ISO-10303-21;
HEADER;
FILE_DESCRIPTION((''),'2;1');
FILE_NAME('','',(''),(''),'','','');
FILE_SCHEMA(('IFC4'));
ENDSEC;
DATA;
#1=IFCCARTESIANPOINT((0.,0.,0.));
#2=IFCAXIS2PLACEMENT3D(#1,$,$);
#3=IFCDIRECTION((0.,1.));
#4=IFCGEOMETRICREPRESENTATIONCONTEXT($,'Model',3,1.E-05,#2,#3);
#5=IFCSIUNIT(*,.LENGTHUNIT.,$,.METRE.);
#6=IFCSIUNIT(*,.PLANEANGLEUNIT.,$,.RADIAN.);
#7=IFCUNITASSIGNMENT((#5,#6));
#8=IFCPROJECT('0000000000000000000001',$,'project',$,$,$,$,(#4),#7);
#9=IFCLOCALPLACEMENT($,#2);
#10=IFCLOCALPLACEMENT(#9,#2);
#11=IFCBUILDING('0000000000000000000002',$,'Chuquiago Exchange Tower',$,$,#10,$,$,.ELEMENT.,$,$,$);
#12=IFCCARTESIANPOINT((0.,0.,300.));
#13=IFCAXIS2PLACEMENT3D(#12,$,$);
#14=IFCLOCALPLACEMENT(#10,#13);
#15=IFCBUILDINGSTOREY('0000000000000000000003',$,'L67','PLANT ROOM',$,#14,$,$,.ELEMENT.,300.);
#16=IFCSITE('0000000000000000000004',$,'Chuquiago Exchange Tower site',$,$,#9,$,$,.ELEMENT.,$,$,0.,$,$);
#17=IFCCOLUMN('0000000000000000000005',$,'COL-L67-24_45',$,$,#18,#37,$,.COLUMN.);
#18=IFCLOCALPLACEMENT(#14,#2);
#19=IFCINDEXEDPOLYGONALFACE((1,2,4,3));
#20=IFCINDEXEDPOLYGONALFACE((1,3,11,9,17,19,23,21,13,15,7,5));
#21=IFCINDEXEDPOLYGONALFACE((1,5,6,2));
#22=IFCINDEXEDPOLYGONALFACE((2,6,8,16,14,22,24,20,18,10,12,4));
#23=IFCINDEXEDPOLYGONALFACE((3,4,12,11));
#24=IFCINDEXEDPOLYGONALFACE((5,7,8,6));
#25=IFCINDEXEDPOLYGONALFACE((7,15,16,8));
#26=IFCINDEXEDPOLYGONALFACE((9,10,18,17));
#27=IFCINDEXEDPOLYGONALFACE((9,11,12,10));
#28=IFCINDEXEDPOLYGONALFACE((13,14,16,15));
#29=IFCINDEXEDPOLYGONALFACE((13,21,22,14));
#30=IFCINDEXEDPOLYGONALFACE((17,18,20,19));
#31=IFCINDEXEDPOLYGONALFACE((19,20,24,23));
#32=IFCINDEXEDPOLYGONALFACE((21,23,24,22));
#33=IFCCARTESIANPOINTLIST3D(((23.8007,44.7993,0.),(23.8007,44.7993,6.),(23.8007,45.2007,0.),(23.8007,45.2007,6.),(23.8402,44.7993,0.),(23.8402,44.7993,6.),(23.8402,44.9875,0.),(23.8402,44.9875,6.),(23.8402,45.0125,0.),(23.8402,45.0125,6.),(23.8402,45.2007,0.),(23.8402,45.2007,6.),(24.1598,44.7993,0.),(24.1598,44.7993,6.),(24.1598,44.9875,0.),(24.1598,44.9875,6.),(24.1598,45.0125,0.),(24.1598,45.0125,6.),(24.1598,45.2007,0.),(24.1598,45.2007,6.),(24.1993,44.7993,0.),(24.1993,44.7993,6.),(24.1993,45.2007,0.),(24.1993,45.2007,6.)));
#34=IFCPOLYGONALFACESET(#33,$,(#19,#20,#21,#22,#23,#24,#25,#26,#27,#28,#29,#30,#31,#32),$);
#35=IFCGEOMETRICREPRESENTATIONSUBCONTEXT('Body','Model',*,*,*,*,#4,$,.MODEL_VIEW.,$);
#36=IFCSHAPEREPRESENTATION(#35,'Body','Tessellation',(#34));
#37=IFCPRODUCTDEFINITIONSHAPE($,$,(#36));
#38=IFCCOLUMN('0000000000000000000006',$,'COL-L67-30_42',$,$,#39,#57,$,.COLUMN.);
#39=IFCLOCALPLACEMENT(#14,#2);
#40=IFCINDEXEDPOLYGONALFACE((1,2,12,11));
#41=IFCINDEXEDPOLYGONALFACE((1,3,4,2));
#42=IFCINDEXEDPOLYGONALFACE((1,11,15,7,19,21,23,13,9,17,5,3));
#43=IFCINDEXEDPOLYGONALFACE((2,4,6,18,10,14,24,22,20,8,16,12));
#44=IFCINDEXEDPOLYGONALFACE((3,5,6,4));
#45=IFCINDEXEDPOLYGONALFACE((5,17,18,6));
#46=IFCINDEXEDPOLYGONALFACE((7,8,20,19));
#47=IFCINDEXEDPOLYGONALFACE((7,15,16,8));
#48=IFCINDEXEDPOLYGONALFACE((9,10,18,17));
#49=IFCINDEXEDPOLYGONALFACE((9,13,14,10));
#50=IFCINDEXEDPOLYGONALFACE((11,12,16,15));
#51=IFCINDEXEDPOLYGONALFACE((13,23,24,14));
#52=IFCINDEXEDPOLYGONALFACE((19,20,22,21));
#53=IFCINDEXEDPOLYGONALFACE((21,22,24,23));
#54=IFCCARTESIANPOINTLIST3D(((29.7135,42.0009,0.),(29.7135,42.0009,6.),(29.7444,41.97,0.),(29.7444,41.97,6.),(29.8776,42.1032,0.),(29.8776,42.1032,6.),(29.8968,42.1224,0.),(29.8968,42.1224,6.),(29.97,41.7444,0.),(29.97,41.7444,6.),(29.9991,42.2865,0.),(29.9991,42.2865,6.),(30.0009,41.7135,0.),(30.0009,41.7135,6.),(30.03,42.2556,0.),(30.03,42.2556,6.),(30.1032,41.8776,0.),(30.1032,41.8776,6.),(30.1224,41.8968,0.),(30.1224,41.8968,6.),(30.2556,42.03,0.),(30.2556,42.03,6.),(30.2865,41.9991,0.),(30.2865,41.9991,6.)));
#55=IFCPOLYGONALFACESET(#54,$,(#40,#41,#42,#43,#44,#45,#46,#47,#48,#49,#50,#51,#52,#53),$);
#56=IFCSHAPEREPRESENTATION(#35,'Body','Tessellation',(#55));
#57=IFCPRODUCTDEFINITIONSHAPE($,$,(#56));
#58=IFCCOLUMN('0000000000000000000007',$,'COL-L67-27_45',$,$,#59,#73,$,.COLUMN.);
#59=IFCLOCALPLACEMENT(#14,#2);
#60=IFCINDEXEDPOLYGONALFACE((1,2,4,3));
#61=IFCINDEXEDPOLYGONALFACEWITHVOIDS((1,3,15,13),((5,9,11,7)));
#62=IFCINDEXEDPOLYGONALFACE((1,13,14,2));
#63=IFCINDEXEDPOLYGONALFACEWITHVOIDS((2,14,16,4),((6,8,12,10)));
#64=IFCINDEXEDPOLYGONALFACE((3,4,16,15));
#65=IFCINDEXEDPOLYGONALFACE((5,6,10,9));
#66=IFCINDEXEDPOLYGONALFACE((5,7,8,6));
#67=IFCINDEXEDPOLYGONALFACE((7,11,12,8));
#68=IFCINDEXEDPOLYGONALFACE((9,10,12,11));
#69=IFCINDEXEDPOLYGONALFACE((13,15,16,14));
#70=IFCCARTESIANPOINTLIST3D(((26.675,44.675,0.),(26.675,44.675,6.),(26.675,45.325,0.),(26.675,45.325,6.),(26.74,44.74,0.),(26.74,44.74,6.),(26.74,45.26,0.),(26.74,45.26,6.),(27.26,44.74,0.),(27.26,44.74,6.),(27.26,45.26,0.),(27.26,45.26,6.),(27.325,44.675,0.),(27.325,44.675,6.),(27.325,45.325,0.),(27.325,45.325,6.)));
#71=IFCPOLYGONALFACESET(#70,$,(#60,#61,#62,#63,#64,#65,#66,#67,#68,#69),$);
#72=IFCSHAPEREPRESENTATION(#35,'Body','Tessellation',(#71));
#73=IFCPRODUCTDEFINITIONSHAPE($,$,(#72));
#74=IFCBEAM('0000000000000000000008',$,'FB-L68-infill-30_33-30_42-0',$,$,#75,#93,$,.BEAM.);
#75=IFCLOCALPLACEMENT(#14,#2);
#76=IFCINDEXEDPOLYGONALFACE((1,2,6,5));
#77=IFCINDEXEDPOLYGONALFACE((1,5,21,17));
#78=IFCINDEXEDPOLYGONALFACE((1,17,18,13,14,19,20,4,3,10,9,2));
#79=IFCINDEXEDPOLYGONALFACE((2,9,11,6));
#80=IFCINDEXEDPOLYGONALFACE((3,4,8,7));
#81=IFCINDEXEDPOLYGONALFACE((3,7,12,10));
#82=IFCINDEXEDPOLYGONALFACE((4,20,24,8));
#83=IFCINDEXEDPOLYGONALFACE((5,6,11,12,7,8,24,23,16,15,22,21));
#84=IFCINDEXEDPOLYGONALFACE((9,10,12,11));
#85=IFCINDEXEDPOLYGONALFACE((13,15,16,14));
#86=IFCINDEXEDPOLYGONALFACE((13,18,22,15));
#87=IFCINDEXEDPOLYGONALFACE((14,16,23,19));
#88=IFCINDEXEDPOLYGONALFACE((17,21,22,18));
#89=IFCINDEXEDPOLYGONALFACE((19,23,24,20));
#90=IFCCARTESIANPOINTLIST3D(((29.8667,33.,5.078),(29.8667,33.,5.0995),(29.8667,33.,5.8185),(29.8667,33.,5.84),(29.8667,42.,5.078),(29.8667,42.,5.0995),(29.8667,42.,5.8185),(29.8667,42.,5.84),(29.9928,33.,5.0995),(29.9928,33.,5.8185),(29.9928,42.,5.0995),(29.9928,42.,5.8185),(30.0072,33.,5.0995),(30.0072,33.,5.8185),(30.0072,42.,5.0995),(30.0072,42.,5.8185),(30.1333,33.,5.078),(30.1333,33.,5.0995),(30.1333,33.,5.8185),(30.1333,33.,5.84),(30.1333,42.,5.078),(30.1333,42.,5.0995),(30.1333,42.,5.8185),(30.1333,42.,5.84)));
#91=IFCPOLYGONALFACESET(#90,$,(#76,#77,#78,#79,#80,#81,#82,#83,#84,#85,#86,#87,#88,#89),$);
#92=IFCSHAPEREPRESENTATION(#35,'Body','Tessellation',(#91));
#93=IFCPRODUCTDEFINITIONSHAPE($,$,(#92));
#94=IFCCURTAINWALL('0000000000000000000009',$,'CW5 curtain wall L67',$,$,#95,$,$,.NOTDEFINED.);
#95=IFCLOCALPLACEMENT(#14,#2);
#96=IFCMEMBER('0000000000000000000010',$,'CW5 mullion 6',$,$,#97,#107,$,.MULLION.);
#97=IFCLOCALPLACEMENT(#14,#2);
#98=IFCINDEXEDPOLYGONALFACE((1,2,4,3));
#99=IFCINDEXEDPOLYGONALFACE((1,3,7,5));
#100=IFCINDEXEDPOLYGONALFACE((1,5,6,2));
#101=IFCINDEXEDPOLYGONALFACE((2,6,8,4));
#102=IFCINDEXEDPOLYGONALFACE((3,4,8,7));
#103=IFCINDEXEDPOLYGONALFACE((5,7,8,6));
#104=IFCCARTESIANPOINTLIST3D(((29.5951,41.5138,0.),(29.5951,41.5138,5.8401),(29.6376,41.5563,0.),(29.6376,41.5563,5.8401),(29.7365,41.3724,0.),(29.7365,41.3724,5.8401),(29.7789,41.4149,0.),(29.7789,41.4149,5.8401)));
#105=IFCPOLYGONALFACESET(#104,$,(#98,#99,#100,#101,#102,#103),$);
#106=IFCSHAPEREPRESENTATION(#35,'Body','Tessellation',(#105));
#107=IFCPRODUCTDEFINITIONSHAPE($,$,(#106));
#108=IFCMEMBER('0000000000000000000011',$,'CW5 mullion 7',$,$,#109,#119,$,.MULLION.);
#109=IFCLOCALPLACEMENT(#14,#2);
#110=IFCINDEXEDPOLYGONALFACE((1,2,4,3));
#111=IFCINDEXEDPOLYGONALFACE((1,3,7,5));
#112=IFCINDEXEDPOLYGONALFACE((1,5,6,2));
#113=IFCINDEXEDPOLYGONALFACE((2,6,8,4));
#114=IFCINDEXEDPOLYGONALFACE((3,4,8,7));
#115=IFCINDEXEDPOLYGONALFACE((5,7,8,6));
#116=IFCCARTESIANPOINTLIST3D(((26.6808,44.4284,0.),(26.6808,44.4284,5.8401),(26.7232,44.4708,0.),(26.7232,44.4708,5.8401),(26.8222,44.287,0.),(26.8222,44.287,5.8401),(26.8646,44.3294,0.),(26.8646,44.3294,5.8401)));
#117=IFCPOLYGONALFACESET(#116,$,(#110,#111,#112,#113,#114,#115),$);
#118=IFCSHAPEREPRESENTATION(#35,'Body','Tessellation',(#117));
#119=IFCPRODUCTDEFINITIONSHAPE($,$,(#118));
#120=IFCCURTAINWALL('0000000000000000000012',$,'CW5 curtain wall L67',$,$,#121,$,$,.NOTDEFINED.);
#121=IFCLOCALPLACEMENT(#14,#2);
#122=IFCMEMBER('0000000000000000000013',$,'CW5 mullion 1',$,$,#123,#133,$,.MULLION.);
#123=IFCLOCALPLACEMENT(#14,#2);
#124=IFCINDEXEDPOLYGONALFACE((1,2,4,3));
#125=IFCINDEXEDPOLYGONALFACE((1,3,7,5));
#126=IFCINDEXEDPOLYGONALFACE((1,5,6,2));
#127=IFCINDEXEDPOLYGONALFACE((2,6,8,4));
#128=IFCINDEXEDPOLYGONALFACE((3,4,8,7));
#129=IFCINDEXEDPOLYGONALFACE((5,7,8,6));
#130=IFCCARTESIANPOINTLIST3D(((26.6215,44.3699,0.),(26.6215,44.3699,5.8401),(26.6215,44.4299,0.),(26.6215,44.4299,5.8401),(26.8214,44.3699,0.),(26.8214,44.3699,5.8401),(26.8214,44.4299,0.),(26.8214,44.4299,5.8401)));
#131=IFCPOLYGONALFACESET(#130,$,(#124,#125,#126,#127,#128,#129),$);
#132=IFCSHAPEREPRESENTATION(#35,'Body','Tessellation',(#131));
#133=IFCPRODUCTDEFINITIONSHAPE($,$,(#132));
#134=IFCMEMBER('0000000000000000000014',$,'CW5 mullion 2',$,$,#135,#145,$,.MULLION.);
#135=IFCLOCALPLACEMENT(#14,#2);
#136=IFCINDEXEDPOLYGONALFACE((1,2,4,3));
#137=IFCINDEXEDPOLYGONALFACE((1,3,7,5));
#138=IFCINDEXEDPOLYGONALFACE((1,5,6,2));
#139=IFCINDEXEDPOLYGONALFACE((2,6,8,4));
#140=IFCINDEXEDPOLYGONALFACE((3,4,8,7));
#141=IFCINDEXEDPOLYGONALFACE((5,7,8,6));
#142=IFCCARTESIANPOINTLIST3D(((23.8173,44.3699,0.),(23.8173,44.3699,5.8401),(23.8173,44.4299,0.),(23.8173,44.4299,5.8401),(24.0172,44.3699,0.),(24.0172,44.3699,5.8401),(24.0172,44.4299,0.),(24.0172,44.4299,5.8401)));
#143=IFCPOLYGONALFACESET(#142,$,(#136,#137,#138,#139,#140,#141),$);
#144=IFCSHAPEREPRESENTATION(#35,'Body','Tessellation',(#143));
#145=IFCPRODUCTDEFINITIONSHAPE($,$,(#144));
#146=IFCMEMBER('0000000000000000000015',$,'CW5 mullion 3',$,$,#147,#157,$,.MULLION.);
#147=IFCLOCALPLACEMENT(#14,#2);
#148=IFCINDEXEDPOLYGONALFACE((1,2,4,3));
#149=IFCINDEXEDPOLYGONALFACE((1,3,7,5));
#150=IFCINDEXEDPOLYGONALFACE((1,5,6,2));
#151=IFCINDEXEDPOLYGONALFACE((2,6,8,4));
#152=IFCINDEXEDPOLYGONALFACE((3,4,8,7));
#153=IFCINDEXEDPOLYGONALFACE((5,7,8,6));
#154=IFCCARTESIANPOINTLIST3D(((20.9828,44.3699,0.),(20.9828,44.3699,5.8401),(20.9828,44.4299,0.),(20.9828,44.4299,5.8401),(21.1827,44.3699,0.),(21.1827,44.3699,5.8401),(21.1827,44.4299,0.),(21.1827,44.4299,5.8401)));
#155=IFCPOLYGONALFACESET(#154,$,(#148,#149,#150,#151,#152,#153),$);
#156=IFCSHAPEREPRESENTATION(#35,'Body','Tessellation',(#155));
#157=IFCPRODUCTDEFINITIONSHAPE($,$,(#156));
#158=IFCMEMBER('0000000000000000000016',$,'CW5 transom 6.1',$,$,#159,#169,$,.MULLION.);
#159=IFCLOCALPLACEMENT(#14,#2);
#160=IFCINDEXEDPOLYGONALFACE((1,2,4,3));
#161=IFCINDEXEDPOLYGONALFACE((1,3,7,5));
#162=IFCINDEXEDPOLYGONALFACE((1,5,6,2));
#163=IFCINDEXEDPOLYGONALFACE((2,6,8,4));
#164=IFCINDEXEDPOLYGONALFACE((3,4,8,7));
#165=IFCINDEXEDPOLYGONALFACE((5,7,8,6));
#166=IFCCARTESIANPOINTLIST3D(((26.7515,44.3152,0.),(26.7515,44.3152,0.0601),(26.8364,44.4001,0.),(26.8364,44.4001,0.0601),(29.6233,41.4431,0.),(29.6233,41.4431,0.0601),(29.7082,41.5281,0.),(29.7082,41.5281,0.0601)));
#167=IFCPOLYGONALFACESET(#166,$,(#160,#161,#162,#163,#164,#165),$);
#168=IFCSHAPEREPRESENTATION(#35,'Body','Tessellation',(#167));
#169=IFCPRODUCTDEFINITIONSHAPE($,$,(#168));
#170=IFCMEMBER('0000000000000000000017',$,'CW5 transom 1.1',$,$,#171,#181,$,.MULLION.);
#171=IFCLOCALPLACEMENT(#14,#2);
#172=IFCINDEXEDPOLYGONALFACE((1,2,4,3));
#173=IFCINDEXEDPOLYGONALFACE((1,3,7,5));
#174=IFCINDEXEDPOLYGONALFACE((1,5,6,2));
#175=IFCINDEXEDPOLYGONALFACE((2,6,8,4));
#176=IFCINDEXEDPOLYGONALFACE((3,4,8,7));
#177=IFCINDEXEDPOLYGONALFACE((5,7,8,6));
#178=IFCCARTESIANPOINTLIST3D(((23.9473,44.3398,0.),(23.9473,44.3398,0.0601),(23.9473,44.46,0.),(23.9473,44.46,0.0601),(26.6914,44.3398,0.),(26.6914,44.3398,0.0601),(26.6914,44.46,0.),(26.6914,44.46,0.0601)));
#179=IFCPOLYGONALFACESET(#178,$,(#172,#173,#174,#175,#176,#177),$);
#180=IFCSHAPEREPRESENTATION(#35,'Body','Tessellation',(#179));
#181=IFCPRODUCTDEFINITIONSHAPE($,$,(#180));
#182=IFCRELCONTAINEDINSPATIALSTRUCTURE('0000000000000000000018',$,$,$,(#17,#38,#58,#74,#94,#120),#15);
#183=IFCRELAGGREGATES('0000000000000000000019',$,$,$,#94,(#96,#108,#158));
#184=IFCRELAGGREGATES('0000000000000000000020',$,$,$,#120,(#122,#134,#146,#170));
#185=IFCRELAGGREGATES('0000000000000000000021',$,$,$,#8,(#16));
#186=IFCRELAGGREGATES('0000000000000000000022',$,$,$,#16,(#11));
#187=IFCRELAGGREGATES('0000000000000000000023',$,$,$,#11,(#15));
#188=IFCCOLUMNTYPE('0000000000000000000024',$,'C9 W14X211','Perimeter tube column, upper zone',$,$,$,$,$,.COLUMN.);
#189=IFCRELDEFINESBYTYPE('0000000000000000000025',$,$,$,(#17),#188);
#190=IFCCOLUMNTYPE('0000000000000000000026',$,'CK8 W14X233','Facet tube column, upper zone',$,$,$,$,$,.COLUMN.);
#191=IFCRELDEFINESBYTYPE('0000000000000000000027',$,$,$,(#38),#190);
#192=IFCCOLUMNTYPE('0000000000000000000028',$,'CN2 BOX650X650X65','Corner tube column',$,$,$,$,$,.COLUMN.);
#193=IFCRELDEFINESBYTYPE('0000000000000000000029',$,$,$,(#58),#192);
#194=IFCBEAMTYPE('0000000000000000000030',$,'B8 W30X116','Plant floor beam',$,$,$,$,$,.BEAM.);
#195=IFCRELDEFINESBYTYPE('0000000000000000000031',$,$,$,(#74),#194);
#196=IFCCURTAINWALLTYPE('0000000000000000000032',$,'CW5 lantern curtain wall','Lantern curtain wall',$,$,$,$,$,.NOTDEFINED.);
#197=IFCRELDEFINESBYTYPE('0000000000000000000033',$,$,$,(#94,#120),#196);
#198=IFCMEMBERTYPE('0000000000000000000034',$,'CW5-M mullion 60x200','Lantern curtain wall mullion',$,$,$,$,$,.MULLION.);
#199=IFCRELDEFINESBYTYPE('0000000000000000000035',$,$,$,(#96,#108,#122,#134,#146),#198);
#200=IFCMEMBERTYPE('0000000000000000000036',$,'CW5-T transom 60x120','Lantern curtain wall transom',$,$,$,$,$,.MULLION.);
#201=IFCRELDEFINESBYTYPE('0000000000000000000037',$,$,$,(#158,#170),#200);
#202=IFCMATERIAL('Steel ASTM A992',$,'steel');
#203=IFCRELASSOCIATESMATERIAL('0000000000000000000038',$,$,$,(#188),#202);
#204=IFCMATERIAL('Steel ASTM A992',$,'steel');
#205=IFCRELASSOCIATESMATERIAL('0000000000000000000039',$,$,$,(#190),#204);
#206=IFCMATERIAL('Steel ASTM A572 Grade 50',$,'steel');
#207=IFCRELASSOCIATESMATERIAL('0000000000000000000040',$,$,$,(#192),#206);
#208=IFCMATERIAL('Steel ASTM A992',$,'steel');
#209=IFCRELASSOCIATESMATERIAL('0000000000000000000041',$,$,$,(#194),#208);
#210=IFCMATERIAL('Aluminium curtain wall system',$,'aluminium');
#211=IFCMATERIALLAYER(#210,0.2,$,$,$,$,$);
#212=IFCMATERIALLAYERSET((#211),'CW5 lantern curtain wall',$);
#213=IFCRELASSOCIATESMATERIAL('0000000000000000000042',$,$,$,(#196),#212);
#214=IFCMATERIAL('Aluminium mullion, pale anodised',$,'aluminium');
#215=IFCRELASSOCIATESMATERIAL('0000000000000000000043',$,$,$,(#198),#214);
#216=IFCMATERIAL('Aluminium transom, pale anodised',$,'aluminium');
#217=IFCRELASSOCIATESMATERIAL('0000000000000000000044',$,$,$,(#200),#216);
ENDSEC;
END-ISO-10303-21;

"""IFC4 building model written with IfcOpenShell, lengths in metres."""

from ifc_helpers import new_model, si_unit, direction, frame, origin, origin_2d, place, context, subcontext, project, spatial, rectangle, hollow_rectangle, i_section, extrude, material, layer, layer_set, material_profile, profile_set, type_object, element, aggregate, save


model = new_model("IFC4")

# Units and contexts
model_context = context("Model", 3, precision=1e-05, world=origin(), true_north=direction((0.0, 1.0)))
body_context = subcontext(model_context, "Body", "Model", "MODEL_VIEW")
ifc_project = project(units=[si_unit("LENGTHUNIT", "METRE"), si_unit("PLANEANGLEUNIT", "RADIAN")], contexts=[model_context])

# Site, building, storey
site_placement = place(None, origin())
site = spatial("IfcSite", under=ifc_project, at=site_placement, Name="Chuquiago Exchange Tower site", CompositionType="ELEMENT", RefElevation=0.0)
building_placement = place(site_placement, origin())
building = spatial("IfcBuilding", under=site, at=building_placement, Name="Chuquiago Exchange Tower", CompositionType="ELEMENT")
storey_placement = place(building_placement, frame((0.0, 0.0, 300.0)))
storey = spatial("IfcBuildingStorey", under=building, at=storey_placement, Name="L67", Description="PLANT ROOM", CompositionType="ELEMENT", Elevation=300.0)

# Columns
ifc_material_1 = material(Name="Steel ASTM A992", Category="steel")
ifc_material_profile_1 = material_profile(ifc_material_1, i_section(OverallWidth=0.4014, OverallDepth=0.3987, WebThickness=0.0249, FlangeThickness=0.0396, at=origin_2d()), Name="W14X211")
ifc_profile_set_1 = profile_set([ifc_material_profile_1], Name="Steel ASTM A992")
column_type_1 = type_object("IfcColumnType", Name="C9 W14X211", Description="Perimeter tube column, upper zone", PredefinedType="COLUMN", material=ifc_profile_set_1)
column_1_placement = place(storey_placement, frame((24.0, 45.0, 0.0), z_axis=(0.0, 0.0, 1.0), x_axis=(0.0, 1.0, 0.0)))
element("IfcColumn", 1, at=column_1_placement, inside=storey, type_object=column_type_1, Name="COL-L67-24_45", PredefinedType="COLUMN", context=body_context, shape_type="SweptSolid", body=[
    extrude(i_section(OverallWidth=0.4014, OverallDepth=0.3987, WebThickness=0.0249, FlangeThickness=0.0396, at=origin_2d()), origin(), (0.0, 0.0, 1.0), 6.0),
])
ifc_material_2 = material(Name="Steel ASTM A992", Category="steel")
ifc_material_profile_2 = material_profile(ifc_material_2, i_section(OverallWidth=0.4038, OverallDepth=0.4065, WebThickness=0.0271, FlangeThickness=0.0437, at=origin_2d()), Name="W14X233")
ifc_profile_set_2 = profile_set([ifc_material_profile_2], Name="Steel ASTM A992")
column_type_2 = type_object("IfcColumnType", Name="CK8 W14X233", Description="Facet tube column, upper zone", PredefinedType="COLUMN", material=ifc_profile_set_2)
column_2_placement = place(storey_placement, frame((30.0, 42.0, 0.0), z_axis=(0.0, 0.0, 1.0), x_axis=(0.707107, 0.707107, 0.0)))
element("IfcColumn", 2, at=column_2_placement, inside=storey, type_object=column_type_2, Name="COL-L67-30_42", PredefinedType="COLUMN", context=body_context, shape_type="SweptSolid", body=[
    extrude(i_section(OverallWidth=0.4038, OverallDepth=0.4065, WebThickness=0.0271, FlangeThickness=0.0437, at=origin_2d()), origin(), (0.0, 0.0, 1.0), 6.0),
])
ifc_material_3 = material(Name="Steel ASTM A572 Grade 50", Category="steel")
ifc_material_profile_3 = material_profile(ifc_material_3, hollow_rectangle(XDim=0.6499, YDim=0.6499, WallThickness=0.0649, at=origin_2d()), Name="BOX650X650X65")
ifc_profile_set_3 = profile_set([ifc_material_profile_3], Name="Steel ASTM A572 Grade 50")
column_type_3 = type_object("IfcColumnType", Name="CN2 BOX650X650X65", Description="Corner tube column", PredefinedType="COLUMN", material=ifc_profile_set_3)
column_3_placement = place(storey_placement, frame((27.0, 45.0, 0.0), z_axis=(0.0, 0.0, 1.0), x_axis=(0.0, 1.0, 0.0)))
element("IfcColumn", 3, at=column_3_placement, inside=storey, type_object=column_type_3, Name="COL-L67-27_45", PredefinedType="COLUMN", context=body_context, shape_type="SweptSolid", body=[
    extrude(hollow_rectangle(XDim=0.6499, YDim=0.6499, WallThickness=0.0649, at=origin_2d()), origin(), (0.0, 0.0, 1.0), 6.0),
])

# Beam
ifc_material_4 = material(Name="Steel ASTM A992", Category="steel")
ifc_material_profile_4 = material_profile(ifc_material_4, i_section(OverallWidth=0.2666, OverallDepth=0.762, WebThickness=0.0144, FlangeThickness=0.0215, at=origin_2d()), Name="W30X116")
ifc_profile_set_4 = profile_set([ifc_material_profile_4], Name="Steel ASTM A992")
beam_type_1 = type_object("IfcBeamType", Name="B8 W30X116", Description="Plant floor beam", PredefinedType="BEAM", material=ifc_profile_set_4)
beam_1_placement = place(storey_placement, frame((30.0, 33.0, 5.459), z_axis=(0.0, 1.0, 0.0), x_axis=(-1.0, 0.0, 0.0)))
element("IfcBeam", 4, at=beam_1_placement, inside=storey, type_object=beam_type_1, Name="FB-L68-infill-30_33-30_42-0", PredefinedType="BEAM", context=body_context, shape_type="SweptSolid", body=[
    extrude(i_section(OverallWidth=0.2666, OverallDepth=0.762, WebThickness=0.0144, FlangeThickness=0.0215, at=origin_2d()), origin(), (0.0, 0.0, 1.0), 9.0),
])

# Curtain walls, members
ifc_material_5 = material(Name="Aluminium curtain wall system", Category="aluminium")
ifc_layer_1 = layer(ifc_material_5, 0.2)
ifc_layer_set_1 = layer_set([ifc_layer_1], Name="CW5 lantern curtain wall")
curtain_wall_type = type_object("IfcCurtainWallType", Name="CW5 lantern curtain wall", Description="Lantern curtain wall", PredefinedType="NOTDEFINED", material=ifc_layer_set_1)
curtain_wall_1_placement = place(storey_placement, origin())
curtain_wall_1 = element("IfcCurtainWall", 5, at=curtain_wall_1_placement, inside=storey, type_object=curtain_wall_type, Name="CW5 curtain wall L67", PredefinedType="NOTDEFINED")
ifc_material_6 = material(Name="Aluminium mullion, pale anodised", Category="aluminium")
ifc_material_profile_5 = material_profile(ifc_material_6, rectangle(XDim=0.0601, YDim=0.2, at=origin_2d()), Name="AL 60x200")
ifc_profile_set_5 = profile_set([ifc_material_profile_5], Name="Aluminium mullion, pale anodised")
member_type_1 = type_object("IfcMemberType", Name="CW5-M mullion 60x200", Description="Lantern curtain wall mullion", PredefinedType="MULLION", material=ifc_profile_set_5)
member_1_placement = place(storey_placement, frame((29.687, 41.4644, 0.0), z_axis=(0.0, 0.0, 1.0), x_axis=(-0.707109, -0.707105, 0.0)))
member_1 = element("IfcMember", 6, at=member_1_placement, type_object=member_type_1, Name="CW5 mullion 6", PredefinedType="MULLION", context=body_context, shape_type="SweptSolid", body=[
    extrude(rectangle(XDim=0.0601, YDim=0.2, at=origin_2d()), origin(), (0.0, 0.0, 1.0), 5.8401),
])
member_2_placement = place(storey_placement, frame((26.7727, 44.3789, 0.0), z_axis=(0.0, 0.0, 1.0), x_axis=(-0.707109, -0.707105, 0.0)))
member_2 = element("IfcMember", 7, at=member_2_placement, type_object=member_type_1, Name="CW5 mullion 7", PredefinedType="MULLION", context=body_context, shape_type="SweptSolid", body=[
    extrude(rectangle(XDim=0.0601, YDim=0.2, at=origin_2d()), origin(), (0.0, 0.0, 1.0), 5.8401),
])
curtain_wall_2_placement = place(storey_placement, origin())
curtain_wall_2 = element("IfcCurtainWall", 8, at=curtain_wall_2_placement, inside=storey, type_object=curtain_wall_type, Name="CW5 curtain wall L67", PredefinedType="NOTDEFINED")
member_3_placement = place(storey_placement, frame((26.7214, 44.3999, 0.0), z_axis=(0.0, 0.0, 1.0), x_axis=(0.0, -1.0, 0.0)))
member_3 = element("IfcMember", 9, at=member_3_placement, type_object=member_type_1, Name="CW5 mullion 1", PredefinedType="MULLION", context=body_context, shape_type="SweptSolid", body=[
    extrude(rectangle(XDim=0.0601, YDim=0.2, at=origin_2d()), origin(), (0.0, 0.0, 1.0), 5.8401),
])
member_4_placement = place(storey_placement, frame((23.9172, 44.3999, 0.0), z_axis=(0.0, 0.0, 1.0), x_axis=(0.0, -1.0, 0.0)))
member_4 = element("IfcMember", 10, at=member_4_placement, type_object=member_type_1, Name="CW5 mullion 2", PredefinedType="MULLION", context=body_context, shape_type="SweptSolid", body=[
    extrude(rectangle(XDim=0.0601, YDim=0.2, at=origin_2d()), origin(), (0.0, 0.0, 1.0), 5.8401),
])
member_5_placement = place(storey_placement, frame((21.0828, 44.3999, 0.0), z_axis=(0.0, 0.0, 1.0), x_axis=(0.0, -1.0, 0.0)))
member_5 = element("IfcMember", 11, at=member_5_placement, type_object=member_type_1, Name="CW5 mullion 3", PredefinedType="MULLION", context=body_context, shape_type="SweptSolid", body=[
    extrude(rectangle(XDim=0.0601, YDim=0.2, at=origin_2d()), origin(), (0.0, 0.0, 1.0), 5.8401),
])

# Members
ifc_material_7 = material(Name="Aluminium transom, pale anodised", Category="aluminium")
ifc_material_profile_6 = material_profile(ifc_material_7, rectangle(XDim=0.1201, YDim=0.0601, at=origin_2d()), Name="AL 120x60")
ifc_profile_set_6 = profile_set([ifc_material_profile_6], Name="Aluminium transom, pale anodised")
member_type_2 = type_object("IfcMemberType", Name="CW5-T transom 60x120", Description="Lantern curtain wall transom", PredefinedType="MULLION", material=ifc_profile_set_6)
member_6_placement = place(storey_placement, frame((29.6658, 41.4856, 0.03), z_axis=(-0.707077, 0.707137, 0.0), x_axis=(-0.707137, -0.707077, 0.0)))
member_6 = element("IfcMember", 12, at=member_6_placement, type_object=member_type_2, Name="CW5 transom 6.1", PredefinedType="MULLION", context=body_context, shape_type="SweptSolid", body=[
    extrude(rectangle(XDim=0.1201, YDim=0.0601, at=origin_2d()), origin(), (0.0, 0.0, 1.0), 4.0615),
])
member_7_placement = place(storey_placement, frame((26.6914, 44.3999, 0.03), z_axis=(-1.0, 0.0, 0.0), x_axis=(0.0, -1.0, 0.0)))
member_7 = element("IfcMember", 13, at=member_7_placement, type_object=member_type_2, Name="CW5 transom 1.1", PredefinedType="MULLION", context=body_context, shape_type="SweptSolid", body=[
    extrude(rectangle(XDim=0.1201, YDim=0.0601, at=origin_2d()), origin(), (0.0, 0.0, 1.0), 2.7441),
])

aggregate(curtain_wall_1, [member_1, member_2, member_6])
aggregate(curtain_wall_2, [member_3, member_4, member_5, member_7])

save(model, "model.ifc")
